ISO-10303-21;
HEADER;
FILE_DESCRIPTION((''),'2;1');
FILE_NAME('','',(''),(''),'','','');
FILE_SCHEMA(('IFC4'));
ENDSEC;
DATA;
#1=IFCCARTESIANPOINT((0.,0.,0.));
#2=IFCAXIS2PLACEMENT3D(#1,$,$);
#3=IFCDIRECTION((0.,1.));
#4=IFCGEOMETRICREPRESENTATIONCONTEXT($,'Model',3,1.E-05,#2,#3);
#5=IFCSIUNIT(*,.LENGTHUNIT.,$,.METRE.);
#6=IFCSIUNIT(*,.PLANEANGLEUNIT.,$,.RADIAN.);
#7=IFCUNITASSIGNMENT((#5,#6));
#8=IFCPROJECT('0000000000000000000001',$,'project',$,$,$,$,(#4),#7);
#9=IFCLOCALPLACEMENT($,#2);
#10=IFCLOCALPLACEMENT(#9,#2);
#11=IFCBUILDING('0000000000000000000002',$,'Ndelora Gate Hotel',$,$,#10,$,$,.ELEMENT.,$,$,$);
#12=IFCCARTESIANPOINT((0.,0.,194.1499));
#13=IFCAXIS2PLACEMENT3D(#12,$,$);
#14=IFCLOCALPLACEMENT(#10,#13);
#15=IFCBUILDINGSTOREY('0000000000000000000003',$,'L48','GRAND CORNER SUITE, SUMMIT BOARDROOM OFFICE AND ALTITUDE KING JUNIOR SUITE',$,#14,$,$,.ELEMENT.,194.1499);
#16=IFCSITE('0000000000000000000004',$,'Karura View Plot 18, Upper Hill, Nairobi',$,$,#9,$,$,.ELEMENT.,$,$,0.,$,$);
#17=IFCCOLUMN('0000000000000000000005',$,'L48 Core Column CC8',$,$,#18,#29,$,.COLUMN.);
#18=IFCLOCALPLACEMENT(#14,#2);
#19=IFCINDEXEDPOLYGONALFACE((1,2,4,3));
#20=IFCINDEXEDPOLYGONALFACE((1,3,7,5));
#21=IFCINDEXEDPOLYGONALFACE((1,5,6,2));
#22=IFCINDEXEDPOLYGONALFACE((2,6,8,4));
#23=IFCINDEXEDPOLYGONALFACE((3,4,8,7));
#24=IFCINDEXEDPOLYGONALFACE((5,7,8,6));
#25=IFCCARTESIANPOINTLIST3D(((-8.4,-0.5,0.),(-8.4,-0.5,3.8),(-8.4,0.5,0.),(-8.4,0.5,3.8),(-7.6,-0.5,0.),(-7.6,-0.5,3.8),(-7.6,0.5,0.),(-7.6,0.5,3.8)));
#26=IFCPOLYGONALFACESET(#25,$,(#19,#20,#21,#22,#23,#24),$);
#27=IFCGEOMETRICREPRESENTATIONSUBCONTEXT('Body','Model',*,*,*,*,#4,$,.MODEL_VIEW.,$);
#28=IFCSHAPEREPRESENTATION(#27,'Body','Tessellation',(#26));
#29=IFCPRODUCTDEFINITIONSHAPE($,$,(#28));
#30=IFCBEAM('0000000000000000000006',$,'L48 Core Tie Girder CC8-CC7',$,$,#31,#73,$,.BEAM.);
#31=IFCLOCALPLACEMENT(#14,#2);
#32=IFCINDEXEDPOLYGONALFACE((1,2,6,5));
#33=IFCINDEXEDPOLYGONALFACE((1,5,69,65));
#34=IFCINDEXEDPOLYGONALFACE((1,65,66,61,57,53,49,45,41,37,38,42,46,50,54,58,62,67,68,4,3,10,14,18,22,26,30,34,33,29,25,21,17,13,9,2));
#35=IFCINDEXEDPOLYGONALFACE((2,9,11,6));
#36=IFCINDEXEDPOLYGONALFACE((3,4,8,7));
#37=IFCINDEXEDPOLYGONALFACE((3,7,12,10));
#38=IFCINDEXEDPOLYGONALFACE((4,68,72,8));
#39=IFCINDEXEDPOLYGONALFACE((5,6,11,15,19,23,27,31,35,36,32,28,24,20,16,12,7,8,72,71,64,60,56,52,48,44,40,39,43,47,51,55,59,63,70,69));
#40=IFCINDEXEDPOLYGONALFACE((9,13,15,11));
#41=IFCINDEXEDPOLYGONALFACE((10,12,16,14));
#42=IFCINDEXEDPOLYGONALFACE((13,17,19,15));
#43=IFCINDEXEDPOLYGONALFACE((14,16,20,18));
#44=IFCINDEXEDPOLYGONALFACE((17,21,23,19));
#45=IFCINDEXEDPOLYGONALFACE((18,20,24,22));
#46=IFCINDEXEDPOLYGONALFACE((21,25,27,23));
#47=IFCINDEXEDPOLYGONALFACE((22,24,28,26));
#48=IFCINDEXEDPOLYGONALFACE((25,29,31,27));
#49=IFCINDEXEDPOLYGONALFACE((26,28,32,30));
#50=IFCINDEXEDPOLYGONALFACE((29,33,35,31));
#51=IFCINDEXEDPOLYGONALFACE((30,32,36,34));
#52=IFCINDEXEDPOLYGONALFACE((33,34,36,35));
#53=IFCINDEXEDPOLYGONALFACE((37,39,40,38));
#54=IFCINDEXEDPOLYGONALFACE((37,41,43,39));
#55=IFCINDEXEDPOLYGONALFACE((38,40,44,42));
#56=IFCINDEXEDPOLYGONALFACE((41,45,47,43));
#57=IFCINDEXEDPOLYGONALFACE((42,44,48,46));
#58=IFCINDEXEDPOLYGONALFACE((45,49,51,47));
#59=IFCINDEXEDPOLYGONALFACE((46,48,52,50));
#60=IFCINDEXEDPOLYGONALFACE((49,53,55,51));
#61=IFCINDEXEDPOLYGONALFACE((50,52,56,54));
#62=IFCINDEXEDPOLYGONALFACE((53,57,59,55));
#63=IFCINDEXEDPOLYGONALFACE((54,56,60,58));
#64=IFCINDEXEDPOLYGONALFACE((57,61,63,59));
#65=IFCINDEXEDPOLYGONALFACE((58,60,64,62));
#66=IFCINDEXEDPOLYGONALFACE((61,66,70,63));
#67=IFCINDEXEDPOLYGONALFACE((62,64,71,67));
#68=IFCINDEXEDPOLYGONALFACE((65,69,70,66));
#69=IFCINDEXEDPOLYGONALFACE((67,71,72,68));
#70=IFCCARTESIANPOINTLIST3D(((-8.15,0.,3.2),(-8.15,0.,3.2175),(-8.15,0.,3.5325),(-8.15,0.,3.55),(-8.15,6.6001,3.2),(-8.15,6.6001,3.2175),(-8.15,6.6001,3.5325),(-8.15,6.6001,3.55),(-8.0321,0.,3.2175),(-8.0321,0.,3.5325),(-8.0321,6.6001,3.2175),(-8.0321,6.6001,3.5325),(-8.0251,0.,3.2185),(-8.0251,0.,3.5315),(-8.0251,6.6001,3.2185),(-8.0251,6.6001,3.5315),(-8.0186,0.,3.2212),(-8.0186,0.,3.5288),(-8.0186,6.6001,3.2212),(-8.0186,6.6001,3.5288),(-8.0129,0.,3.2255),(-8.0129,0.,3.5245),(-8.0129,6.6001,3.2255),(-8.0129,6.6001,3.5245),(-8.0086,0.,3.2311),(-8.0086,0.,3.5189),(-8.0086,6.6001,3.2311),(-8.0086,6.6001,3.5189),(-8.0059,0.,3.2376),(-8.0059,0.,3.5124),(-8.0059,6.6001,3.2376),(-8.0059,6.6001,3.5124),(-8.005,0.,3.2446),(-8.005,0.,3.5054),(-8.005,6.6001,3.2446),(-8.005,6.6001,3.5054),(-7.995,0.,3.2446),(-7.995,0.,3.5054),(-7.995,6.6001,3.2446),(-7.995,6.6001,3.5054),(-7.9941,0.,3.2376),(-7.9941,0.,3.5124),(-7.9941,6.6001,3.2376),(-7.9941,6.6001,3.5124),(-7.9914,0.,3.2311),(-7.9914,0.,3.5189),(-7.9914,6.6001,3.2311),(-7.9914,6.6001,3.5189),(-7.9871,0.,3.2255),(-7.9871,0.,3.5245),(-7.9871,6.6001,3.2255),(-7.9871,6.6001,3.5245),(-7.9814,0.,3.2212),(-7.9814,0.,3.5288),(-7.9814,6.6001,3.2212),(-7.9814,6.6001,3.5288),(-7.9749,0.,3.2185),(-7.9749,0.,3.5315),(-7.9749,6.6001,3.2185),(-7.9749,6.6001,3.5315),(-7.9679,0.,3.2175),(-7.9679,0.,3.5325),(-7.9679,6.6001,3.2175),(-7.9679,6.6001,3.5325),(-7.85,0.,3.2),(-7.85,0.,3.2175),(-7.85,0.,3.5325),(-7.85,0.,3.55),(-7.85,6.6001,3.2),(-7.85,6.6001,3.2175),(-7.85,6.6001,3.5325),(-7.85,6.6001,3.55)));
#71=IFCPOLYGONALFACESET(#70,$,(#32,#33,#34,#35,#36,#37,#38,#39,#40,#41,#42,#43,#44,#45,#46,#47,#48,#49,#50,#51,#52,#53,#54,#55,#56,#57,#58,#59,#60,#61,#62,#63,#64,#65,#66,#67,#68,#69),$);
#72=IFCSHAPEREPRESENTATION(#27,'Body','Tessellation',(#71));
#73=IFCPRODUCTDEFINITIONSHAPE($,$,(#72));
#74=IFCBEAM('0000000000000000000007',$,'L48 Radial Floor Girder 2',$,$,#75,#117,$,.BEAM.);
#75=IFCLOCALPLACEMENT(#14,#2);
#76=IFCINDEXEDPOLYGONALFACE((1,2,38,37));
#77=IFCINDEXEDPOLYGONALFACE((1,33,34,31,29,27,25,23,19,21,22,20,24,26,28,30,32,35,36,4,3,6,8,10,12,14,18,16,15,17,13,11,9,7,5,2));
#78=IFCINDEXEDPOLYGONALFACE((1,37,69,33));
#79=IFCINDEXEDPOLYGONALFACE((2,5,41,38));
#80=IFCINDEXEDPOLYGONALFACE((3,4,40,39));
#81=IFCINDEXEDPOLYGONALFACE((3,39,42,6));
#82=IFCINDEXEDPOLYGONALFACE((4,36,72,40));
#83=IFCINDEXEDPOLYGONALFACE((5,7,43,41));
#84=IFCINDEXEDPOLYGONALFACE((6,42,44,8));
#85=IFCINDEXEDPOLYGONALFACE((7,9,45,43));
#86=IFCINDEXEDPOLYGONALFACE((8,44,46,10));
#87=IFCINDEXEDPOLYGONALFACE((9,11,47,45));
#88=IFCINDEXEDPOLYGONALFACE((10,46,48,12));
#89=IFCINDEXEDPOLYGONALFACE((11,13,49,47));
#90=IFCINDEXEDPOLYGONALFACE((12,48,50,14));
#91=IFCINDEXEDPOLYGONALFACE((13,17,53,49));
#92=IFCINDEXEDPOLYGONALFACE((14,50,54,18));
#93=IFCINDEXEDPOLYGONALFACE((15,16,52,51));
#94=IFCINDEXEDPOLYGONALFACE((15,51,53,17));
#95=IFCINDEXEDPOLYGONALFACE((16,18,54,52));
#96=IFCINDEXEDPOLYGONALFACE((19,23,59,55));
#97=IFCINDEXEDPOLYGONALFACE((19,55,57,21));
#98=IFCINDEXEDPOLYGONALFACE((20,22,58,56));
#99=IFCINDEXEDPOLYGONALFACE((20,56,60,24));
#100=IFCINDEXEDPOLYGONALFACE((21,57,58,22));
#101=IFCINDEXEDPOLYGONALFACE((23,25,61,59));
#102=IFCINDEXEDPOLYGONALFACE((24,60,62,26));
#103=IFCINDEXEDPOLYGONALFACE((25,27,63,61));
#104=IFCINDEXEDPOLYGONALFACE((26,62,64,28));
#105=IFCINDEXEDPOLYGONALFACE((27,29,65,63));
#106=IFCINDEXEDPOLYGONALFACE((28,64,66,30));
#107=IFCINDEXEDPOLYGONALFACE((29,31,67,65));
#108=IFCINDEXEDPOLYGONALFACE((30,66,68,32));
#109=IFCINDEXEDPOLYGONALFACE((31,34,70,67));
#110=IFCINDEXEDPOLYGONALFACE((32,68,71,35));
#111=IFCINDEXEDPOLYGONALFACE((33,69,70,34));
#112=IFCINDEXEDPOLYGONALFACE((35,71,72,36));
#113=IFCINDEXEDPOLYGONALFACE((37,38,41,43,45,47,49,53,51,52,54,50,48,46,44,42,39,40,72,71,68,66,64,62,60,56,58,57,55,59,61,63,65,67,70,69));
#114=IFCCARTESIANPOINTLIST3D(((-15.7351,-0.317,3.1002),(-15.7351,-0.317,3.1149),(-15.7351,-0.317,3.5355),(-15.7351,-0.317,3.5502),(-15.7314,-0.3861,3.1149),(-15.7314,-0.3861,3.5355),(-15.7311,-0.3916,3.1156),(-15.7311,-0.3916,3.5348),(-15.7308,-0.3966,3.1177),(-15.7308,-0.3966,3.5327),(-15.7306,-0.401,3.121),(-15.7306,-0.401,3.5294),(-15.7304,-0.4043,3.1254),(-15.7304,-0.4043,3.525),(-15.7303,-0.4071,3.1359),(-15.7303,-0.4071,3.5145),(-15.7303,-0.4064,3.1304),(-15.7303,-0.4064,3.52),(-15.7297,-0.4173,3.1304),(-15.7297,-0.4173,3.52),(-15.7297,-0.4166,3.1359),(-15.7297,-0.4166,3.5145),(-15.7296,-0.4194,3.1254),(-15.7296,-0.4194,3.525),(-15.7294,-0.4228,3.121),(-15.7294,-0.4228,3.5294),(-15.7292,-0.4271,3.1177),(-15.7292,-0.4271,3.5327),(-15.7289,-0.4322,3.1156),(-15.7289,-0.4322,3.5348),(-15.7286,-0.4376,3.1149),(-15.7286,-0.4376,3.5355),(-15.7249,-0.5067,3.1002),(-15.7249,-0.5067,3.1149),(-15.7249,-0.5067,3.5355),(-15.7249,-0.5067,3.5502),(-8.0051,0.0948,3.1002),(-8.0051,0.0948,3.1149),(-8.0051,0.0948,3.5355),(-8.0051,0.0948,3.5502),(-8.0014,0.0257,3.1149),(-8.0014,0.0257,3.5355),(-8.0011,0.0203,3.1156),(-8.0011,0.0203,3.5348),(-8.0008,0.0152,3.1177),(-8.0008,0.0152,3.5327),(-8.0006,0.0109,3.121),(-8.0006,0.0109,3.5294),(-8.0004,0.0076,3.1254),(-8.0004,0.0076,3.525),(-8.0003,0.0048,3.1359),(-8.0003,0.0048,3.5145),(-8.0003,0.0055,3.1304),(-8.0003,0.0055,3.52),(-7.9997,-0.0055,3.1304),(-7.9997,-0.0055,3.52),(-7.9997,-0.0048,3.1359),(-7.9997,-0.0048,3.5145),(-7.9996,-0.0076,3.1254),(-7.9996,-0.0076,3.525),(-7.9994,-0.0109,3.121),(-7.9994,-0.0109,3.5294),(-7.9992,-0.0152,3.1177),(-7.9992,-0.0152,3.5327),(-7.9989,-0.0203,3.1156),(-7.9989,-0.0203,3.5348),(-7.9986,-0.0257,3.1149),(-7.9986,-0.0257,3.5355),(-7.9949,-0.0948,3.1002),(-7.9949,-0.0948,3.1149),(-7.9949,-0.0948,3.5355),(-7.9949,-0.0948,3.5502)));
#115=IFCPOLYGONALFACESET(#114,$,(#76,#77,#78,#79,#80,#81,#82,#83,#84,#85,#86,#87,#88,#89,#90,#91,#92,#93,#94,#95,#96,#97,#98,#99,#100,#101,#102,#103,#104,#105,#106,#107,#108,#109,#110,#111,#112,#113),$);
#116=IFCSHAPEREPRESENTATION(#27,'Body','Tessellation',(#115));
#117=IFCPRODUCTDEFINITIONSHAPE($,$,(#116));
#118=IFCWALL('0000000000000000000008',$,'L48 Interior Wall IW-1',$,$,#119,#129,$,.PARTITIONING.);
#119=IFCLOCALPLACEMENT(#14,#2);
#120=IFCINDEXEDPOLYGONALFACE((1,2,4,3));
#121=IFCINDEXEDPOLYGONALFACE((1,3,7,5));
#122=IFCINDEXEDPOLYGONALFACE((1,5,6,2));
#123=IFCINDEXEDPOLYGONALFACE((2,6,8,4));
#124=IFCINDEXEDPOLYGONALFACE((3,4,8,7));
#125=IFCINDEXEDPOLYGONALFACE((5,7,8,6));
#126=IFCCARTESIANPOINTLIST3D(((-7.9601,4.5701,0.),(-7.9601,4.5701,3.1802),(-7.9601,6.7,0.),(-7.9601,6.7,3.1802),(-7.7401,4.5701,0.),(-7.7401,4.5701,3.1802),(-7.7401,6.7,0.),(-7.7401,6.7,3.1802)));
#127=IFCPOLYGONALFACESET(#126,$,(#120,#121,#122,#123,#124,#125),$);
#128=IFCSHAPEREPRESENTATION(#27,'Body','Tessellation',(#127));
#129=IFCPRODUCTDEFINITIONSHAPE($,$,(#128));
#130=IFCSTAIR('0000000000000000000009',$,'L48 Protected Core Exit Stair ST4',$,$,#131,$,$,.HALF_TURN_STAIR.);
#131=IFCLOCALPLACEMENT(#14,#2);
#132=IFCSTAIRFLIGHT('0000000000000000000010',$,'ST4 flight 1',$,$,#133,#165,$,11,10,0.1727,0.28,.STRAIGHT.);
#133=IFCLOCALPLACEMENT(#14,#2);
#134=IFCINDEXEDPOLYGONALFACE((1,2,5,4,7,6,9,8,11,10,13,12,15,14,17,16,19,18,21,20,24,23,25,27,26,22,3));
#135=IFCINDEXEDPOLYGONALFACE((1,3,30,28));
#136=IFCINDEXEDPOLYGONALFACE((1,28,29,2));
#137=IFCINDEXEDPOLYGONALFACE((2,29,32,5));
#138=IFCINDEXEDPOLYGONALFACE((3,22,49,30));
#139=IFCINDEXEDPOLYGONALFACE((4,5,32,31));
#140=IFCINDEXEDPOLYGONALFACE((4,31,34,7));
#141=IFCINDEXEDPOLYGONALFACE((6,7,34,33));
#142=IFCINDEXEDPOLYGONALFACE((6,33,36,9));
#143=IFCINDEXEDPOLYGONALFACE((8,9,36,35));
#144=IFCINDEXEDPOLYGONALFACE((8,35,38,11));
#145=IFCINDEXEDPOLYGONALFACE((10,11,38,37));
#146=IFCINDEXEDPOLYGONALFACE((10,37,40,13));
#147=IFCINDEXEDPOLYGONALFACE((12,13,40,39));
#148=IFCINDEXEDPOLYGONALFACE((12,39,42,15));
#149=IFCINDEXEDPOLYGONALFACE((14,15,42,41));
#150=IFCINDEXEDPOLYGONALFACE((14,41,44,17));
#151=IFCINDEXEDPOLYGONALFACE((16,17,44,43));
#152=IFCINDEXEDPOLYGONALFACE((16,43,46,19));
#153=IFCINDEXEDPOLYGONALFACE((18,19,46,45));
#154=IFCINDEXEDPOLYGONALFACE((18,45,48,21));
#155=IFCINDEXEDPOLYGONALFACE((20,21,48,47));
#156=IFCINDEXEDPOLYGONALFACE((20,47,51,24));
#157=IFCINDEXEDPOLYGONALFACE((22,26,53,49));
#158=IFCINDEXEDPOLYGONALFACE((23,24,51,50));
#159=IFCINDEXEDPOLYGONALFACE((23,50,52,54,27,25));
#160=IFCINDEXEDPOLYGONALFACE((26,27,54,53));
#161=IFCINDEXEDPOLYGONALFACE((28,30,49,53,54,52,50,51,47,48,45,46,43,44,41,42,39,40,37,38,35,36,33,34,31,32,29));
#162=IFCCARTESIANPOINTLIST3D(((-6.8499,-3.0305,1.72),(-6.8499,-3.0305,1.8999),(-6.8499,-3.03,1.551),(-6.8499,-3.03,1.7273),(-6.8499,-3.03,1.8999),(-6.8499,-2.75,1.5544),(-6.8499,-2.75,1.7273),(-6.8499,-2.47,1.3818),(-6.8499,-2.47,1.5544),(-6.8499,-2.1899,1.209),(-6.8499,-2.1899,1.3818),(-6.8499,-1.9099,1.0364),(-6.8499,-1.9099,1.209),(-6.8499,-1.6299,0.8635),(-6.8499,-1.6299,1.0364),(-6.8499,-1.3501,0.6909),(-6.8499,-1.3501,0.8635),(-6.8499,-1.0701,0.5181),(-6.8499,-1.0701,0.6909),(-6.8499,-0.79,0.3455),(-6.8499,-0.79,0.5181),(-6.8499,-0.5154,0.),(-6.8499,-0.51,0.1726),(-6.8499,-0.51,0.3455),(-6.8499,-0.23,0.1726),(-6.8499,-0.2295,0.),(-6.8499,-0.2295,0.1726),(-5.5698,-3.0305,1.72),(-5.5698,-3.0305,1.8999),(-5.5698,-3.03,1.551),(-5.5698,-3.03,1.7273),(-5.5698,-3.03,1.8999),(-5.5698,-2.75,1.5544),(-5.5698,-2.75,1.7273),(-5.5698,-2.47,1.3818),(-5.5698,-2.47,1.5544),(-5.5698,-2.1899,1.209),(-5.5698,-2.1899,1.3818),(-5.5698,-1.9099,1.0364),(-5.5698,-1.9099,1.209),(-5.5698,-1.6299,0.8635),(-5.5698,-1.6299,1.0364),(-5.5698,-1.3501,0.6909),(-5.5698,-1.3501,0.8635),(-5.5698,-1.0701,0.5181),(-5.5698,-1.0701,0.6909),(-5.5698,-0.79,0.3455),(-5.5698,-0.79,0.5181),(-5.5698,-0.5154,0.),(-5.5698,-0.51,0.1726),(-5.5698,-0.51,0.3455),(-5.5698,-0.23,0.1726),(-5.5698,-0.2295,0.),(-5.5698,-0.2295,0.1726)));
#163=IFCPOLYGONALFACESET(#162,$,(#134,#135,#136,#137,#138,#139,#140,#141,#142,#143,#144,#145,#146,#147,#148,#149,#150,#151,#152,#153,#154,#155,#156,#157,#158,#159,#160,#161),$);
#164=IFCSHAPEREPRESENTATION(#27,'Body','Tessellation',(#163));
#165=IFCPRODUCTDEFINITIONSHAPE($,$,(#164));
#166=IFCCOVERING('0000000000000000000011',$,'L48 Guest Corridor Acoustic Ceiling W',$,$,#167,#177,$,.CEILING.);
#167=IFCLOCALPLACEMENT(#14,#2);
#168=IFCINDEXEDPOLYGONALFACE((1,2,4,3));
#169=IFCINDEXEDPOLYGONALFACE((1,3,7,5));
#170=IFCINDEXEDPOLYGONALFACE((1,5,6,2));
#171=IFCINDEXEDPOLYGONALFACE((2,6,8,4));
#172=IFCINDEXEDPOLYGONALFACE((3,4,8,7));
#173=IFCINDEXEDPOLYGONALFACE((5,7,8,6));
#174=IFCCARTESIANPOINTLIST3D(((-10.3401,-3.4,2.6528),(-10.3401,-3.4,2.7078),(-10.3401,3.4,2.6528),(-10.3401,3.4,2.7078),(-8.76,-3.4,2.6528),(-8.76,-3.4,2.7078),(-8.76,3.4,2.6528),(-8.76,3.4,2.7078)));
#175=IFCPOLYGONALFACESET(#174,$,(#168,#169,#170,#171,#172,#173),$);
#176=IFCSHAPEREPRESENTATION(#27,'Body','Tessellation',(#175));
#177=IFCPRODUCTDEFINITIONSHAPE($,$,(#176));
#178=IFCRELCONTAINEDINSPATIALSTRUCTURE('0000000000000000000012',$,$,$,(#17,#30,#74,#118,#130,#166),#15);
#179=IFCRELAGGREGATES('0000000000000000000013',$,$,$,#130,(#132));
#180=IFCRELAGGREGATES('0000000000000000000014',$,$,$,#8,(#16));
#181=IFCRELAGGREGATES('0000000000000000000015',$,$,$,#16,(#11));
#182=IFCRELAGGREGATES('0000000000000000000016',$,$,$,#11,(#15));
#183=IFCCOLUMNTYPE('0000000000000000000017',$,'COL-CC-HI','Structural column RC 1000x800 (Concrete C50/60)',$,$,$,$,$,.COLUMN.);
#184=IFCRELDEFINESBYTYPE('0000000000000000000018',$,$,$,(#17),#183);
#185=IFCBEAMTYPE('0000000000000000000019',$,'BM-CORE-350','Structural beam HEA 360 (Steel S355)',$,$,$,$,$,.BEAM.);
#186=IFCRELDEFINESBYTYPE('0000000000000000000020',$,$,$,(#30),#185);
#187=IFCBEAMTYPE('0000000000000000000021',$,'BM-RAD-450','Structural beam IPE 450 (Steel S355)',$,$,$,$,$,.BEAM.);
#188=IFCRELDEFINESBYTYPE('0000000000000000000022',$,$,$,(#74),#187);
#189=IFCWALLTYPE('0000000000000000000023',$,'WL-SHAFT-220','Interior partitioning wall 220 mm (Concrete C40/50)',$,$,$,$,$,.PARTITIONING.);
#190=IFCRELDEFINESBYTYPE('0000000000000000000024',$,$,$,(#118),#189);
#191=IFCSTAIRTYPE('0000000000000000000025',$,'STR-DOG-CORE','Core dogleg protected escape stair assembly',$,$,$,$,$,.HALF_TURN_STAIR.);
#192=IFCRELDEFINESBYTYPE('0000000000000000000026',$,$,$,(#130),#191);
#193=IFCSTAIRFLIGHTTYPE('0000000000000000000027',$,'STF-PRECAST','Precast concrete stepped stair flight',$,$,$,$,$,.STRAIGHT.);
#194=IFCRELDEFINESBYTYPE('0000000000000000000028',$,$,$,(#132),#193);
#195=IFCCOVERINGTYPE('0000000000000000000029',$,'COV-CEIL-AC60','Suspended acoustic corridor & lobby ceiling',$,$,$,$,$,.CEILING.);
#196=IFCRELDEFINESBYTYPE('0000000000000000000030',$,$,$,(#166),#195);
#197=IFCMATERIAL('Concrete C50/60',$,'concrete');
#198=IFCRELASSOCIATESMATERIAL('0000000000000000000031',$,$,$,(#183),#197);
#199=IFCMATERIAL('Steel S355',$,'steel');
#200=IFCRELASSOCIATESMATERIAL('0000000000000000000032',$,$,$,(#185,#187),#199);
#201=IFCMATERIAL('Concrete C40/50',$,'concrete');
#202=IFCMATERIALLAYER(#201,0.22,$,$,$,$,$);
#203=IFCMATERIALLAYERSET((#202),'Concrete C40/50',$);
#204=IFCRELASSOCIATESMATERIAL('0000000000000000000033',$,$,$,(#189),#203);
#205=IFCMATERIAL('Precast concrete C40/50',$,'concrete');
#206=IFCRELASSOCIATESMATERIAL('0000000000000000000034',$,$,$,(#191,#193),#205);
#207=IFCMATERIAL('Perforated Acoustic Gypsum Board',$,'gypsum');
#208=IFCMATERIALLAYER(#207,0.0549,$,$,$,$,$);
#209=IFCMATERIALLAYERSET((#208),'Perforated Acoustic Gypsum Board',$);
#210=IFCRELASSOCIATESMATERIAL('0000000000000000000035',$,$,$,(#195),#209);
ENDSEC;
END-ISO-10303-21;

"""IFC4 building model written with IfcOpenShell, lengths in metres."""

from ifc_helpers import new_model, si_unit, direction, frame, frame_2d, origin, origin_2d, place, context, subcontext, project, spatial, polyline, rectangle, i_section, outline, extrude, material, layer, layer_set, material_profile, profile_set, type_object, element, aggregate, save


model = new_model("IFC4")

# Units and contexts
model_context = context("Model", 3, precision=1e-05, world=origin(), true_north=direction((0.0, 1.0)))
body_context = subcontext(model_context, "Body", "Model", "MODEL_VIEW")
ifc_project = project(units=[si_unit("LENGTHUNIT", "METRE"), si_unit("PLANEANGLEUNIT", "RADIAN")], contexts=[model_context])

# Site, building, storey
site_placement = place(None, origin())
site = spatial("IfcSite", under=ifc_project, at=site_placement, Name="Karura View Plot 18, Upper Hill, Nairobi", CompositionType="ELEMENT", RefElevation=0.0)
building_placement = place(site_placement, origin())
building = spatial("IfcBuilding", under=site, at=building_placement, Name="Ndelora Gate Hotel", CompositionType="ELEMENT")
storey_placement = place(building_placement, frame((0.0, 0.0, 194.1499)))
storey = spatial("IfcBuildingStorey", under=building, at=storey_placement, Name="L48", Description="GRAND CORNER SUITE, SUMMIT BOARDROOM OFFICE AND ALTITUDE KING JUNIOR SUITE", CompositionType="ELEMENT", Elevation=194.1499)

# Column
ifc_material_1 = material(Name="Concrete C50/60", Category="concrete")
ifc_material_profile_1 = material_profile(ifc_material_1, rectangle(XDim=0.8, YDim=1.0, at=origin_2d()), Name="RC 1000x800")
ifc_profile_set_1 = profile_set([ifc_material_profile_1], Name="Concrete C50/60")
column_type = type_object("IfcColumnType", Name="COL-CC-HI", Description="Structural column RC 1000x800 (Concrete C50/60)", PredefinedType="COLUMN", material=ifc_profile_set_1)
column_placement = place(storey_placement, frame((-8.0, 0.0, 0.0), z_axis=(0.0, 0.0, 1.0), x_axis=(1.0, 0.0, 0.0)))
element("IfcColumn", 1, at=column_placement, inside=storey, type_object=column_type, Name="L48 Core Column CC8", PredefinedType="COLUMN", context=body_context, shape_type="SweptSolid", body=[
    extrude(rectangle(XDim=0.8, YDim=1.0, at=origin_2d()), origin(), (0.0, 0.0, 1.0), 3.8),
])

# Beams
ifc_material_2 = material(Name="Steel S355", Category="steel")
ifc_material_profile_2 = material_profile(ifc_material_2, i_section(OverallWidth=0.3, OverallDepth=0.3501, WebThickness=0.01, FlangeThickness=0.0176, FilletRadius=0.0271, at=origin_2d()), Name="HEA 360")
ifc_profile_set_2 = profile_set([ifc_material_profile_2], Name="Steel S355")
beam_type_1 = type_object("IfcBeamType", Name="BM-CORE-350", Description="Structural beam HEA 360 (Steel S355)", PredefinedType="BEAM", material=ifc_profile_set_2)
beam_1_placement = place(storey_placement, frame((-8.0, 0.0, 3.375), z_axis=(0.0, 1.0, 0.0), x_axis=(-1.0, 0.0, 0.0)))
element("IfcBeam", 2, at=beam_1_placement, inside=storey, type_object=beam_type_1, Name="L48 Core Tie Girder CC8-CC7", PredefinedType="BEAM", context=body_context, shape_type="SweptSolid", body=[
    extrude(i_section(OverallWidth=0.3, OverallDepth=0.3501, WebThickness=0.01, FlangeThickness=0.0176, FilletRadius=0.0271, at=origin_2d()), origin(), (0.0, 0.0, 1.0), 6.6001),
])
ifc_material_profile_3 = material_profile(ifc_material_2, i_section(OverallWidth=0.1899, OverallDepth=0.45, WebThickness=0.0095, FlangeThickness=0.0146, FilletRadius=0.021, at=origin_2d()), Name="IPE 450")
ifc_profile_set_3 = profile_set([ifc_material_profile_3], Name="Steel S355")
beam_type_2 = type_object("IfcBeamType", Name="BM-RAD-450", Description="Structural beam IPE 450 (Steel S355)", PredefinedType="BEAM", material=ifc_profile_set_3)
beam_2_placement = place(storey_placement, frame((-8.0, 0.0, 3.3252), z_axis=(-0.998584, -0.053206, 0.0), x_axis=(0.053206, -0.998584, 0.0)))
element("IfcBeam", 3, at=beam_2_placement, inside=storey, type_object=beam_type_2, Name="L48 Radial Floor Girder 2", PredefinedType="BEAM", context=body_context, shape_type="SweptSolid", body=[
    extrude(i_section(OverallWidth=0.1899, OverallDepth=0.45, WebThickness=0.0095, FlangeThickness=0.0146, FilletRadius=0.021, at=origin_2d()), origin(), (0.0, 0.0, 1.0), 7.741),
])

# Shared definitions
ifc_material_3 = material(Name="Concrete C40/50", Category="concrete")
ifc_layer_1 = layer(ifc_material_3, 0.22)
ifc_layer_set_1 = layer_set([ifc_layer_1], Name="Concrete C40/50")
wall_type_1 = type_object("IfcWallType", Name="WL-SHAFT-220", Description="Interior partitioning wall 220 mm (Concrete C40/50)", PredefinedType="PARTITIONING", material=ifc_layer_set_1)

# Wall
wall_1_placement = place(storey_placement, frame((-7.8501, 4.5701, 0.0), z_axis=(0.0, 0.0, 1.0), x_axis=(0.0, 1.0, 0.0)))
element("IfcWall", 4, at=wall_1_placement, inside=storey, type_object=wall_type_1, Name="L48 Interior Wall IW-1", PredefinedType="PARTITIONING", context=body_context, shape_type="SweptSolid", body=[
    extrude(rectangle(XDim=2.1299, YDim=0.22, at=frame_2d((1.0649, 0.0))), origin(), (0.0, 0.0, 1.0), 3.1802),
])

# Stair, stair flight
ifc_material_4 = material(Name="Precast concrete C40/50", Category="concrete")
stair_type = type_object("IfcStairType", Name="STR-DOG-CORE", Description="Core dogleg protected escape stair assembly", PredefinedType="HALF_TURN_STAIR", material=ifc_material_4)
stair_placement = place(storey_placement, origin())
stair = element("IfcStair", 5, at=stair_placement, inside=storey, type_object=stair_type, Name="L48 Protected Core Exit Stair ST4", PredefinedType="HALF_TURN_STAIR")
stair_flight_type = type_object("IfcStairFlightType", Name="STF-PRECAST", Description="Precast concrete stepped stair flight", PredefinedType="STRAIGHT", material=ifc_material_4)
stair_flight_placement = place(storey_placement, frame((-6.21, -0.23, 0.0), z_axis=(0.0, 0.0, 1.0), x_axis=(0.0, -1.0, 0.0)))
stair_flight = element("IfcStairFlight", 6, at=stair_flight_placement, type_object=stair_flight_type, Name="ST4 flight 1", NumberOfRisers=11, NumberOfTreads=10, PredefinedType="STRAIGHT", RiserHeight=0.1727, TreadLength=0.28, context=body_context, shape_type="SweptSolid", body=[
    extrude(outline(polyline([(-0.0005, 0.0), (-0.0005, 0.1726), (0.0, 0.1726), (0.28, 0.1726), (0.28, 0.3455), (0.5601, 0.3455), (0.5601, 0.5181), (0.8401, 0.5181), (0.8401, 0.6909), (1.1201, 0.6909), (1.1201, 0.8635), (1.3999, 0.8635), (1.3999, 1.0364), (1.6799, 1.0364), (1.6799, 1.209), (1.96, 1.209), (1.96, 1.3818), (2.24, 1.3818), (2.24, 1.5544), (2.52, 1.5544), (2.52, 1.7273), (2.8, 1.7273), (2.8, 1.8999), (2.8005, 1.8999), (2.8005, 1.72), (2.8, 1.551), (0.2854, 0.0), (-0.0005, 0.0)])), frame((0.0, 0.6401, 0.0), z_axis=(0.0, -1.0, 0.0), x_axis=(1.0, 0.0, 0.0)), (0.0, 0.0, 1.0), 1.28),
])
aggregate(stair, [stair_flight])

# Covering
ifc_material_5 = material(Name="Perforated Acoustic Gypsum Board", Category="gypsum")
ifc_layer_2 = layer(ifc_material_5, 0.0549)
ifc_layer_set_2 = layer_set([ifc_layer_2], Name="Perforated Acoustic Gypsum Board")
covering_type_1 = type_object("IfcCoveringType", Name="COV-CEIL-AC60", Description="Suspended acoustic corridor & lobby ceiling", PredefinedType="CEILING", material=ifc_layer_set_2)
covering_1_placement = place(storey_placement, frame((-9.55, 0.0, 2.6528), z_axis=(0.0, 0.0, 1.0), x_axis=(1.0, 0.0, 0.0)))
element("IfcCovering", 7, at=covering_1_placement, inside=storey, type_object=covering_type_1, Name="L48 Guest Corridor Acoustic Ceiling W", PredefinedType="CEILING", context=body_context, shape_type="SweptSolid", body=[
    extrude(rectangle(XDim=1.5801, YDim=6.8, at=origin_2d()), origin(), (0.0, 0.0, 1.0), 0.0549),
])

save(model, "model.ifc")
